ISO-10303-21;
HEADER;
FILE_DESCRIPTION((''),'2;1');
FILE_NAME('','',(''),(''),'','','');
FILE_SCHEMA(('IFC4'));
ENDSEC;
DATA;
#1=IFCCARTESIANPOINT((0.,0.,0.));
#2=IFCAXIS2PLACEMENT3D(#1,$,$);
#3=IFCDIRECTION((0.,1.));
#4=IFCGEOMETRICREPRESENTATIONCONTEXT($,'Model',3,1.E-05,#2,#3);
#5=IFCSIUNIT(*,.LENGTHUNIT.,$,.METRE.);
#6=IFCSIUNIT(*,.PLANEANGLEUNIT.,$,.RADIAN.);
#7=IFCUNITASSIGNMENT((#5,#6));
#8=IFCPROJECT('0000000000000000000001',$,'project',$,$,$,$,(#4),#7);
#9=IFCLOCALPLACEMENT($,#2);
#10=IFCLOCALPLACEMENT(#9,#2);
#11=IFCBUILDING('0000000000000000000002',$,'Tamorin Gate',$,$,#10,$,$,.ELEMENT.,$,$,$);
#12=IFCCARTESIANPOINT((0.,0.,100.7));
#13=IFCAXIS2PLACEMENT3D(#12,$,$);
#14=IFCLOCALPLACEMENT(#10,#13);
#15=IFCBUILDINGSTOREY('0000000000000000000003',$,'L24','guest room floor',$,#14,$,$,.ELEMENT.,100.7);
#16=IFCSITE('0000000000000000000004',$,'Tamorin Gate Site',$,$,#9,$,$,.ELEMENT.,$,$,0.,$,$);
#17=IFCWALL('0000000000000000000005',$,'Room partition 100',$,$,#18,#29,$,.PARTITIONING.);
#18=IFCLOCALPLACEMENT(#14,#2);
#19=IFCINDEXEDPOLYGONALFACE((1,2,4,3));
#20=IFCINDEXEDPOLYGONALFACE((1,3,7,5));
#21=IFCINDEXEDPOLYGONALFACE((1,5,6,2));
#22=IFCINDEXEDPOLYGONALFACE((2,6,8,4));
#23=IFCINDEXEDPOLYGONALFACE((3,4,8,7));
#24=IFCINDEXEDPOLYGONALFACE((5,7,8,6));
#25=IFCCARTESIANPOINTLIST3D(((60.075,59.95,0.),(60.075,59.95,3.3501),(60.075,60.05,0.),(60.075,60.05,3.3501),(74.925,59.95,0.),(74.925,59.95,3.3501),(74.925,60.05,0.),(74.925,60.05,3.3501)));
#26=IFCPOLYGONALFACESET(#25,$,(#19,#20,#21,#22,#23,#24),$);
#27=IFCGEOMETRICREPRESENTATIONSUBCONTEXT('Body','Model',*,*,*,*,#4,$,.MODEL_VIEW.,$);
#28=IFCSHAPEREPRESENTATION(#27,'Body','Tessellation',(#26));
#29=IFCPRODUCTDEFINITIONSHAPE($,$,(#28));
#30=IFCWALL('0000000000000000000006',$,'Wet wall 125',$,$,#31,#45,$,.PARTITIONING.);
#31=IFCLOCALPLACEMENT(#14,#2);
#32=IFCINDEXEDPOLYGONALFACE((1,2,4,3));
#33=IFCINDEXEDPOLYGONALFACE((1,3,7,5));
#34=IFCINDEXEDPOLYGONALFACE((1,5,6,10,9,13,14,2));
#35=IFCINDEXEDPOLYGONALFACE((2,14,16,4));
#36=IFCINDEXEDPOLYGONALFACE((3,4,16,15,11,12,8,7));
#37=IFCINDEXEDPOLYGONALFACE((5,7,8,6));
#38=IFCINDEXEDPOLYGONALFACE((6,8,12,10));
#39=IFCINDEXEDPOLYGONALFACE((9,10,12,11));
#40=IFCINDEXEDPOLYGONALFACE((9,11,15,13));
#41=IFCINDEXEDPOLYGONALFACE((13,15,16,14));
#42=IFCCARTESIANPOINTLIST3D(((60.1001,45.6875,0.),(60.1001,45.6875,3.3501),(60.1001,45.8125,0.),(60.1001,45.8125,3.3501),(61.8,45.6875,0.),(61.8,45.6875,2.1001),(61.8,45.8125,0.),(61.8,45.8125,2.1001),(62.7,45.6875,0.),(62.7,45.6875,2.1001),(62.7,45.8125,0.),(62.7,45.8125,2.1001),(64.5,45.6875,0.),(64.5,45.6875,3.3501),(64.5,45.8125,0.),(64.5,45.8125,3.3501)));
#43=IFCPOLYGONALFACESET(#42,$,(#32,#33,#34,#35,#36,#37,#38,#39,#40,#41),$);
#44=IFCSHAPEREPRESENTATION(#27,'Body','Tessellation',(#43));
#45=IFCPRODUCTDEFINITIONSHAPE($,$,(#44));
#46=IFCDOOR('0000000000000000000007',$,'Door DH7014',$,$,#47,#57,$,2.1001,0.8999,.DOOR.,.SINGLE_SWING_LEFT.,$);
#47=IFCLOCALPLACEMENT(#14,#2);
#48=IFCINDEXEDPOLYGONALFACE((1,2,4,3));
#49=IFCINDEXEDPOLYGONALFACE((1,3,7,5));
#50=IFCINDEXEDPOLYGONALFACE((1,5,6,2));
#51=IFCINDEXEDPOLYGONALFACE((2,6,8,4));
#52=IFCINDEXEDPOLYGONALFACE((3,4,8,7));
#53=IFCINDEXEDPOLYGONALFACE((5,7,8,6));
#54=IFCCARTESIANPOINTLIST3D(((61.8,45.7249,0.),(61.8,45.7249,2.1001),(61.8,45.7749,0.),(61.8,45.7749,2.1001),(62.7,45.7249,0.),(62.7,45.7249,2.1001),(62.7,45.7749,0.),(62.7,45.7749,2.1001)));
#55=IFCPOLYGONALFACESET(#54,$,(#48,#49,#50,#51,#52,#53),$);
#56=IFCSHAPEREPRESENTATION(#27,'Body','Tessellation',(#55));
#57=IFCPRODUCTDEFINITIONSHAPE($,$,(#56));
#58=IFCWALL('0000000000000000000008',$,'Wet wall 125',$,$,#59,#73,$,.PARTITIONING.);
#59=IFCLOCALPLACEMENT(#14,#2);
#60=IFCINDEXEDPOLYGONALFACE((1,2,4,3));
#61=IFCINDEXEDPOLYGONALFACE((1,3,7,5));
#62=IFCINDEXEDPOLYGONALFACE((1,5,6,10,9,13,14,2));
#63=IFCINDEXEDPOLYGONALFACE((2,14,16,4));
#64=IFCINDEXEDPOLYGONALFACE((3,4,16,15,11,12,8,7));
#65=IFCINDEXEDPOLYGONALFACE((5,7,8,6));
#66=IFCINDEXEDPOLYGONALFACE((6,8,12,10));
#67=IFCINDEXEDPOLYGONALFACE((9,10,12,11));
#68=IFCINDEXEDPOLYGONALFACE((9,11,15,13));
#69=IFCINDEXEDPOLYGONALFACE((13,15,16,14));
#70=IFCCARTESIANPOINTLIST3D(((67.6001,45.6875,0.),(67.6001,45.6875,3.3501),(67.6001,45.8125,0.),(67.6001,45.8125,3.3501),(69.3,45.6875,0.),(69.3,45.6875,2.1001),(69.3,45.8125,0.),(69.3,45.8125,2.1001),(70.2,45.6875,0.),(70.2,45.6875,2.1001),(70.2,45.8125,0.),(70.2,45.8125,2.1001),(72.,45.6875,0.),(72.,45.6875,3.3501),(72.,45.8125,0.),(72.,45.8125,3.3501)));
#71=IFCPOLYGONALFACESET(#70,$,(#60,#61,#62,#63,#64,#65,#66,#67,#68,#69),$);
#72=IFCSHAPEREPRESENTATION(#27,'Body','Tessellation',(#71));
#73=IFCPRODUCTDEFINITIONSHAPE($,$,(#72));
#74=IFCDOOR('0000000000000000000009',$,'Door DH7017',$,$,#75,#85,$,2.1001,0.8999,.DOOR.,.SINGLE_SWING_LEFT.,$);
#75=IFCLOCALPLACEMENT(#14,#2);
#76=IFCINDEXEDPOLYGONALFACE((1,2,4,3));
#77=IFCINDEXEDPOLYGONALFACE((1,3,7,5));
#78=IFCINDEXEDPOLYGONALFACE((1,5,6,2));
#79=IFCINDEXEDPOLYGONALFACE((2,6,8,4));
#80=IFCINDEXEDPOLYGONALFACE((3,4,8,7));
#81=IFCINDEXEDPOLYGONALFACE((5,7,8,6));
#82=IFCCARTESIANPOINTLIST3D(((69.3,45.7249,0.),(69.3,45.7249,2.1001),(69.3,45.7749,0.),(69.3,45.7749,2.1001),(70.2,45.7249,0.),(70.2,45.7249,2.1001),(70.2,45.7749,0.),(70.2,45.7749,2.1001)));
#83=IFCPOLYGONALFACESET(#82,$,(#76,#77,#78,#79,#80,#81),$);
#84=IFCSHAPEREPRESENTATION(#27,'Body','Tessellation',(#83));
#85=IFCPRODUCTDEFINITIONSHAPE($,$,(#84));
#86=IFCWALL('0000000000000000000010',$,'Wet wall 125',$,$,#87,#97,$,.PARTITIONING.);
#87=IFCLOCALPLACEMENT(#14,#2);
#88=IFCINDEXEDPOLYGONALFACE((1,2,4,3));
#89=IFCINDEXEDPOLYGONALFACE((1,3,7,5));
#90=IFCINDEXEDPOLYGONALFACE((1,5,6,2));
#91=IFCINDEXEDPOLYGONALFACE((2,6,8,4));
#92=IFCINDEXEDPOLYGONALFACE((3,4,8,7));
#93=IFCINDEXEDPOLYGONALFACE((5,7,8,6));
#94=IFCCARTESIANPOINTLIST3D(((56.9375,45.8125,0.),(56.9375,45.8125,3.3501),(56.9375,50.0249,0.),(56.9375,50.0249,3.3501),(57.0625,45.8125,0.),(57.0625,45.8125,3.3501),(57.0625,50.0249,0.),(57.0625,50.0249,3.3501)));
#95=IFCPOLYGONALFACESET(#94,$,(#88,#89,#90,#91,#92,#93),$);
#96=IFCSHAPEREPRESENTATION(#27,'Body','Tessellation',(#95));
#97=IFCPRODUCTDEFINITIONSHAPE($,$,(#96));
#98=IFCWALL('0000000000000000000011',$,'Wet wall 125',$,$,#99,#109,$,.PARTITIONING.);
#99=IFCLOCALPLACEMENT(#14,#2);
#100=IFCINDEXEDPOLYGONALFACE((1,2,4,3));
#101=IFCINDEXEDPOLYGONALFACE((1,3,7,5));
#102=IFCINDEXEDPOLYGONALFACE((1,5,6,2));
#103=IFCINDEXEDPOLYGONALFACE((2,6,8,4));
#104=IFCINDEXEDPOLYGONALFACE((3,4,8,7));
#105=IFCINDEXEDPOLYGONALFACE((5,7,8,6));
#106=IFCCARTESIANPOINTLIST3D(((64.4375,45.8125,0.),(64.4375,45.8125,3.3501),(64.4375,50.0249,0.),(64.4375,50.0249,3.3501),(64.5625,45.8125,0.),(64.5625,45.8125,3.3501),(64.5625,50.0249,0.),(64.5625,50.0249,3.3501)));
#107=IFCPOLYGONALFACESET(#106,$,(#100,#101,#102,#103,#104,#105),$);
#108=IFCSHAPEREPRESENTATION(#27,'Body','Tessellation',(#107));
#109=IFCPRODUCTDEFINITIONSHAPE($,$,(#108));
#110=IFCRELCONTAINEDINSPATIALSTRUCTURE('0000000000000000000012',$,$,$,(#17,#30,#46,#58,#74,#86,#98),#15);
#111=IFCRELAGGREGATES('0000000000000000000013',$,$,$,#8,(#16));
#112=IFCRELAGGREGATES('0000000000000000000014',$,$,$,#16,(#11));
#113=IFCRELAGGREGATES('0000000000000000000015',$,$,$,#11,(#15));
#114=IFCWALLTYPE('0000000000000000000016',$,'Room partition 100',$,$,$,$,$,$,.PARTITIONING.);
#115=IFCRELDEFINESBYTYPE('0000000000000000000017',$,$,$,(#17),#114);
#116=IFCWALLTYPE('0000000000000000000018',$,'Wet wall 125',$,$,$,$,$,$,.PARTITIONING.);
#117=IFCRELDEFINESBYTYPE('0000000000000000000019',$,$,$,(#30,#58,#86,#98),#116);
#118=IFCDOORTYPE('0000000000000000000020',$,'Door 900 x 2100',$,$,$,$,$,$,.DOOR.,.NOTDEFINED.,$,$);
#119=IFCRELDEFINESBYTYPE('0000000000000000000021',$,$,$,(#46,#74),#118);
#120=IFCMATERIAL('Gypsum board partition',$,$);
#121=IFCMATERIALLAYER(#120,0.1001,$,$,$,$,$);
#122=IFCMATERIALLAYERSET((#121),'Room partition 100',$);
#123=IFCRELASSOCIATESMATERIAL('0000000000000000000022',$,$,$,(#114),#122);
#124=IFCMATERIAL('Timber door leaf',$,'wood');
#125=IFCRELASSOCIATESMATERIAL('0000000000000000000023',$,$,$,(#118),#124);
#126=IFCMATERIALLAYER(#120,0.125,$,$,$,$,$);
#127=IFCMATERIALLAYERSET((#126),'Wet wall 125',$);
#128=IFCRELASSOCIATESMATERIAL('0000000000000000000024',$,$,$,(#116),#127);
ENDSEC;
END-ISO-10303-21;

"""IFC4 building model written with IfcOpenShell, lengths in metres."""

from ifc_helpers import new_model, si_unit, direction, frame, frame_2d, origin, place, context, subcontext, project, spatial, rectangle, extrude, material, layer, layer_set, type_object, element, fill, save


model = new_model("IFC4")

# Units and contexts
model_context = context("Model", 3, precision=1e-05, world=origin(), true_north=direction((0.0, 1.0)))
body_context = subcontext(model_context, "Body", "Model", "MODEL_VIEW")
ifc_project = project(units=[si_unit("LENGTHUNIT", "METRE"), si_unit("PLANEANGLEUNIT", "RADIAN")], contexts=[model_context])

# Site, building, storey
site_placement = place(None, origin())
site = spatial("IfcSite", under=ifc_project, at=site_placement, Name="Tamorin Gate Site", CompositionType="ELEMENT", RefElevation=0.0)
building_placement = place(site_placement, origin())
building = spatial("IfcBuilding", under=site, at=building_placement, Name="Tamorin Gate", CompositionType="ELEMENT")
storey_placement = place(building_placement, frame((0.0, 0.0, 100.7)))
storey = spatial("IfcBuildingStorey", under=building, at=storey_placement, Name="L24", Description="guest room floor", CompositionType="ELEMENT", Elevation=100.7)

# Shared definitions
ifc_material_1 = material(Name="Gypsum board partition")
ifc_material_2 = material(Name="Timber door leaf", Category="wood")

# Shared definitions
ifc_layer_1 = layer(ifc_material_1, 0.1001)
ifc_layer_set_1 = layer_set([ifc_layer_1], Name="Room partition 100")
wall_type_1 = type_object("IfcWallType", Name="Room partition 100", PredefinedType="PARTITIONING", material=ifc_layer_set_1)
door_type_1 = type_object("IfcDoorType", Name="Door 900 x 2100", OperationType="NOTDEFINED", PredefinedType="DOOR", material=ifc_material_2)

# Wall
wall_1_placement = place(storey_placement, frame((60.075, 60.0, 0.0), z_axis=(0.0, 0.0, 1.0), x_axis=(1.0, 0.0, 0.0)))
element("IfcWall", 1, at=wall_1_placement, inside=storey, type_object=wall_type_1, Name="Room partition 100", PredefinedType="PARTITIONING", context=body_context, shape_type="SweptSolid", body=[
    extrude(rectangle(XDim=14.8501, YDim=0.1001, at=frame_2d((7.425, 0.0))), origin(), (0.0, 0.0, 1.0), 3.3501),
])

# Walls, openings, doors
ifc_layer_2 = layer(ifc_material_1, 0.125)
ifc_layer_set_2 = layer_set([ifc_layer_2], Name="Wet wall 125")
wall_type_2 = type_object("IfcWallType", Name="Wet wall 125", PredefinedType="PARTITIONING", material=ifc_layer_set_2)
wall_2_placement = place(storey_placement, frame((60.1001, 45.75, 0.0), z_axis=(0.0, 0.0, 1.0), x_axis=(1.0, 0.0, 0.0)))
wall_2 = element("IfcWall", 2, at=wall_2_placement, inside=storey, type_object=wall_type_2, Name="Wet wall 125", PredefinedType="PARTITIONING", context=body_context, shape_type="SweptSolid", body=[
    extrude(rectangle(XDim=4.3999, YDim=0.125, at=frame_2d((2.2, 0.0))), origin(), (0.0, 0.0, 1.0), 3.3501),
])
opening_1_placement = place(wall_2_placement, frame((1.7, 0.0, 0.0)))
opening_1 = element("IfcOpeningElement", 3, at=opening_1_placement, cuts=wall_2, PredefinedType="OPENING", context=body_context, shape_type="SweptSolid", body=[
    extrude(rectangle(XDim=0.8999, YDim=2.1001, at=frame_2d((0.45, 1.05))), frame((0.0, 0.0725, 0.0), z_axis=(0.0, -1.0, 0.0), x_axis=(1.0, 0.0, 0.0)), (0.0, 0.0, 1.0), 0.145),
])
door_1_placement = place(opening_1_placement, origin())
door_1 = element("IfcDoor", 4, at=door_1_placement, inside=storey, type_object=door_type_1, Name="Door DH7014", OperationType="SINGLE_SWING_LEFT", OverallHeight=2.1001, OverallWidth=0.8999, PredefinedType="DOOR", context=body_context, shape_type="SweptSolid", body=[
    extrude(rectangle(XDim=0.8999, YDim=2.1001, at=frame_2d((0.45, 1.05))), frame((0.0, 0.0249, 0.0), z_axis=(0.0, -1.0, 0.0), x_axis=(1.0, 0.0, 0.0)), (0.0, 0.0, 1.0), 0.05),
])
fill(opening_1, door_1)
wall_3_placement = place(storey_placement, frame((67.6001, 45.75, 0.0), z_axis=(0.0, 0.0, 1.0), x_axis=(1.0, 0.0, 0.0)))
wall_3 = element("IfcWall", 5, at=wall_3_placement, inside=storey, type_object=wall_type_2, Name="Wet wall 125", PredefinedType="PARTITIONING", context=body_context, shape_type="SweptSolid", body=[
    extrude(rectangle(XDim=4.3999, YDim=0.125, at=frame_2d((2.2, 0.0))), origin(), (0.0, 0.0, 1.0), 3.3501),
])
opening_2_placement = place(wall_3_placement, frame((1.7, 0.0, 0.0)))
opening_2 = element("IfcOpeningElement", 6, at=opening_2_placement, cuts=wall_3, PredefinedType="OPENING", context=body_context, shape_type="SweptSolid", body=[
    extrude(rectangle(XDim=0.8999, YDim=2.1001, at=frame_2d((0.45, 1.05))), frame((0.0, 0.0725, 0.0), z_axis=(0.0, -1.0, 0.0), x_axis=(1.0, 0.0, 0.0)), (0.0, 0.0, 1.0), 0.145),
])
door_2_placement = place(opening_2_placement, origin())
door_2 = element("IfcDoor", 7, at=door_2_placement, inside=storey, type_object=door_type_1, Name="Door DH7017", OperationType="SINGLE_SWING_LEFT", OverallHeight=2.1001, OverallWidth=0.8999, PredefinedType="DOOR", context=body_context, shape_type="SweptSolid", body=[
    extrude(rectangle(XDim=0.8999, YDim=2.1001, at=frame_2d((0.45, 1.05))), frame((0.0, 0.0249, 0.0), z_axis=(0.0, -1.0, 0.0), x_axis=(1.0, 0.0, 0.0)), (0.0, 0.0, 1.0), 0.05),
])
fill(opening_2, door_2)

# Walls
for number, where, z_axis, x_axis, name in (
    (8, (57.0, 45.8125, 0.0), (0.0, 0.0, 1.0), (0.0, 1.0, 0.0), "Wet wall 125"),
    (9, (64.5, 45.8125, 0.0), (0.0, 0.0, 1.0), (0.0, 1.0, 0.0), "Wet wall 125"),
):
    element("IfcWall", number, at=place(storey_placement, frame(where, z_axis=z_axis, x_axis=x_axis)), inside=storey, type_object=wall_type_2, Name=name, PredefinedType="PARTITIONING", context=body_context, shape_type="SweptSolid", body=[
        extrude(rectangle(XDim=4.2124, YDim=0.125, at=frame_2d((2.1062, 0.0))), origin(), (0.0, 0.0, 1.0), 3.3501),
    ])

save(model, "model.ifc")
